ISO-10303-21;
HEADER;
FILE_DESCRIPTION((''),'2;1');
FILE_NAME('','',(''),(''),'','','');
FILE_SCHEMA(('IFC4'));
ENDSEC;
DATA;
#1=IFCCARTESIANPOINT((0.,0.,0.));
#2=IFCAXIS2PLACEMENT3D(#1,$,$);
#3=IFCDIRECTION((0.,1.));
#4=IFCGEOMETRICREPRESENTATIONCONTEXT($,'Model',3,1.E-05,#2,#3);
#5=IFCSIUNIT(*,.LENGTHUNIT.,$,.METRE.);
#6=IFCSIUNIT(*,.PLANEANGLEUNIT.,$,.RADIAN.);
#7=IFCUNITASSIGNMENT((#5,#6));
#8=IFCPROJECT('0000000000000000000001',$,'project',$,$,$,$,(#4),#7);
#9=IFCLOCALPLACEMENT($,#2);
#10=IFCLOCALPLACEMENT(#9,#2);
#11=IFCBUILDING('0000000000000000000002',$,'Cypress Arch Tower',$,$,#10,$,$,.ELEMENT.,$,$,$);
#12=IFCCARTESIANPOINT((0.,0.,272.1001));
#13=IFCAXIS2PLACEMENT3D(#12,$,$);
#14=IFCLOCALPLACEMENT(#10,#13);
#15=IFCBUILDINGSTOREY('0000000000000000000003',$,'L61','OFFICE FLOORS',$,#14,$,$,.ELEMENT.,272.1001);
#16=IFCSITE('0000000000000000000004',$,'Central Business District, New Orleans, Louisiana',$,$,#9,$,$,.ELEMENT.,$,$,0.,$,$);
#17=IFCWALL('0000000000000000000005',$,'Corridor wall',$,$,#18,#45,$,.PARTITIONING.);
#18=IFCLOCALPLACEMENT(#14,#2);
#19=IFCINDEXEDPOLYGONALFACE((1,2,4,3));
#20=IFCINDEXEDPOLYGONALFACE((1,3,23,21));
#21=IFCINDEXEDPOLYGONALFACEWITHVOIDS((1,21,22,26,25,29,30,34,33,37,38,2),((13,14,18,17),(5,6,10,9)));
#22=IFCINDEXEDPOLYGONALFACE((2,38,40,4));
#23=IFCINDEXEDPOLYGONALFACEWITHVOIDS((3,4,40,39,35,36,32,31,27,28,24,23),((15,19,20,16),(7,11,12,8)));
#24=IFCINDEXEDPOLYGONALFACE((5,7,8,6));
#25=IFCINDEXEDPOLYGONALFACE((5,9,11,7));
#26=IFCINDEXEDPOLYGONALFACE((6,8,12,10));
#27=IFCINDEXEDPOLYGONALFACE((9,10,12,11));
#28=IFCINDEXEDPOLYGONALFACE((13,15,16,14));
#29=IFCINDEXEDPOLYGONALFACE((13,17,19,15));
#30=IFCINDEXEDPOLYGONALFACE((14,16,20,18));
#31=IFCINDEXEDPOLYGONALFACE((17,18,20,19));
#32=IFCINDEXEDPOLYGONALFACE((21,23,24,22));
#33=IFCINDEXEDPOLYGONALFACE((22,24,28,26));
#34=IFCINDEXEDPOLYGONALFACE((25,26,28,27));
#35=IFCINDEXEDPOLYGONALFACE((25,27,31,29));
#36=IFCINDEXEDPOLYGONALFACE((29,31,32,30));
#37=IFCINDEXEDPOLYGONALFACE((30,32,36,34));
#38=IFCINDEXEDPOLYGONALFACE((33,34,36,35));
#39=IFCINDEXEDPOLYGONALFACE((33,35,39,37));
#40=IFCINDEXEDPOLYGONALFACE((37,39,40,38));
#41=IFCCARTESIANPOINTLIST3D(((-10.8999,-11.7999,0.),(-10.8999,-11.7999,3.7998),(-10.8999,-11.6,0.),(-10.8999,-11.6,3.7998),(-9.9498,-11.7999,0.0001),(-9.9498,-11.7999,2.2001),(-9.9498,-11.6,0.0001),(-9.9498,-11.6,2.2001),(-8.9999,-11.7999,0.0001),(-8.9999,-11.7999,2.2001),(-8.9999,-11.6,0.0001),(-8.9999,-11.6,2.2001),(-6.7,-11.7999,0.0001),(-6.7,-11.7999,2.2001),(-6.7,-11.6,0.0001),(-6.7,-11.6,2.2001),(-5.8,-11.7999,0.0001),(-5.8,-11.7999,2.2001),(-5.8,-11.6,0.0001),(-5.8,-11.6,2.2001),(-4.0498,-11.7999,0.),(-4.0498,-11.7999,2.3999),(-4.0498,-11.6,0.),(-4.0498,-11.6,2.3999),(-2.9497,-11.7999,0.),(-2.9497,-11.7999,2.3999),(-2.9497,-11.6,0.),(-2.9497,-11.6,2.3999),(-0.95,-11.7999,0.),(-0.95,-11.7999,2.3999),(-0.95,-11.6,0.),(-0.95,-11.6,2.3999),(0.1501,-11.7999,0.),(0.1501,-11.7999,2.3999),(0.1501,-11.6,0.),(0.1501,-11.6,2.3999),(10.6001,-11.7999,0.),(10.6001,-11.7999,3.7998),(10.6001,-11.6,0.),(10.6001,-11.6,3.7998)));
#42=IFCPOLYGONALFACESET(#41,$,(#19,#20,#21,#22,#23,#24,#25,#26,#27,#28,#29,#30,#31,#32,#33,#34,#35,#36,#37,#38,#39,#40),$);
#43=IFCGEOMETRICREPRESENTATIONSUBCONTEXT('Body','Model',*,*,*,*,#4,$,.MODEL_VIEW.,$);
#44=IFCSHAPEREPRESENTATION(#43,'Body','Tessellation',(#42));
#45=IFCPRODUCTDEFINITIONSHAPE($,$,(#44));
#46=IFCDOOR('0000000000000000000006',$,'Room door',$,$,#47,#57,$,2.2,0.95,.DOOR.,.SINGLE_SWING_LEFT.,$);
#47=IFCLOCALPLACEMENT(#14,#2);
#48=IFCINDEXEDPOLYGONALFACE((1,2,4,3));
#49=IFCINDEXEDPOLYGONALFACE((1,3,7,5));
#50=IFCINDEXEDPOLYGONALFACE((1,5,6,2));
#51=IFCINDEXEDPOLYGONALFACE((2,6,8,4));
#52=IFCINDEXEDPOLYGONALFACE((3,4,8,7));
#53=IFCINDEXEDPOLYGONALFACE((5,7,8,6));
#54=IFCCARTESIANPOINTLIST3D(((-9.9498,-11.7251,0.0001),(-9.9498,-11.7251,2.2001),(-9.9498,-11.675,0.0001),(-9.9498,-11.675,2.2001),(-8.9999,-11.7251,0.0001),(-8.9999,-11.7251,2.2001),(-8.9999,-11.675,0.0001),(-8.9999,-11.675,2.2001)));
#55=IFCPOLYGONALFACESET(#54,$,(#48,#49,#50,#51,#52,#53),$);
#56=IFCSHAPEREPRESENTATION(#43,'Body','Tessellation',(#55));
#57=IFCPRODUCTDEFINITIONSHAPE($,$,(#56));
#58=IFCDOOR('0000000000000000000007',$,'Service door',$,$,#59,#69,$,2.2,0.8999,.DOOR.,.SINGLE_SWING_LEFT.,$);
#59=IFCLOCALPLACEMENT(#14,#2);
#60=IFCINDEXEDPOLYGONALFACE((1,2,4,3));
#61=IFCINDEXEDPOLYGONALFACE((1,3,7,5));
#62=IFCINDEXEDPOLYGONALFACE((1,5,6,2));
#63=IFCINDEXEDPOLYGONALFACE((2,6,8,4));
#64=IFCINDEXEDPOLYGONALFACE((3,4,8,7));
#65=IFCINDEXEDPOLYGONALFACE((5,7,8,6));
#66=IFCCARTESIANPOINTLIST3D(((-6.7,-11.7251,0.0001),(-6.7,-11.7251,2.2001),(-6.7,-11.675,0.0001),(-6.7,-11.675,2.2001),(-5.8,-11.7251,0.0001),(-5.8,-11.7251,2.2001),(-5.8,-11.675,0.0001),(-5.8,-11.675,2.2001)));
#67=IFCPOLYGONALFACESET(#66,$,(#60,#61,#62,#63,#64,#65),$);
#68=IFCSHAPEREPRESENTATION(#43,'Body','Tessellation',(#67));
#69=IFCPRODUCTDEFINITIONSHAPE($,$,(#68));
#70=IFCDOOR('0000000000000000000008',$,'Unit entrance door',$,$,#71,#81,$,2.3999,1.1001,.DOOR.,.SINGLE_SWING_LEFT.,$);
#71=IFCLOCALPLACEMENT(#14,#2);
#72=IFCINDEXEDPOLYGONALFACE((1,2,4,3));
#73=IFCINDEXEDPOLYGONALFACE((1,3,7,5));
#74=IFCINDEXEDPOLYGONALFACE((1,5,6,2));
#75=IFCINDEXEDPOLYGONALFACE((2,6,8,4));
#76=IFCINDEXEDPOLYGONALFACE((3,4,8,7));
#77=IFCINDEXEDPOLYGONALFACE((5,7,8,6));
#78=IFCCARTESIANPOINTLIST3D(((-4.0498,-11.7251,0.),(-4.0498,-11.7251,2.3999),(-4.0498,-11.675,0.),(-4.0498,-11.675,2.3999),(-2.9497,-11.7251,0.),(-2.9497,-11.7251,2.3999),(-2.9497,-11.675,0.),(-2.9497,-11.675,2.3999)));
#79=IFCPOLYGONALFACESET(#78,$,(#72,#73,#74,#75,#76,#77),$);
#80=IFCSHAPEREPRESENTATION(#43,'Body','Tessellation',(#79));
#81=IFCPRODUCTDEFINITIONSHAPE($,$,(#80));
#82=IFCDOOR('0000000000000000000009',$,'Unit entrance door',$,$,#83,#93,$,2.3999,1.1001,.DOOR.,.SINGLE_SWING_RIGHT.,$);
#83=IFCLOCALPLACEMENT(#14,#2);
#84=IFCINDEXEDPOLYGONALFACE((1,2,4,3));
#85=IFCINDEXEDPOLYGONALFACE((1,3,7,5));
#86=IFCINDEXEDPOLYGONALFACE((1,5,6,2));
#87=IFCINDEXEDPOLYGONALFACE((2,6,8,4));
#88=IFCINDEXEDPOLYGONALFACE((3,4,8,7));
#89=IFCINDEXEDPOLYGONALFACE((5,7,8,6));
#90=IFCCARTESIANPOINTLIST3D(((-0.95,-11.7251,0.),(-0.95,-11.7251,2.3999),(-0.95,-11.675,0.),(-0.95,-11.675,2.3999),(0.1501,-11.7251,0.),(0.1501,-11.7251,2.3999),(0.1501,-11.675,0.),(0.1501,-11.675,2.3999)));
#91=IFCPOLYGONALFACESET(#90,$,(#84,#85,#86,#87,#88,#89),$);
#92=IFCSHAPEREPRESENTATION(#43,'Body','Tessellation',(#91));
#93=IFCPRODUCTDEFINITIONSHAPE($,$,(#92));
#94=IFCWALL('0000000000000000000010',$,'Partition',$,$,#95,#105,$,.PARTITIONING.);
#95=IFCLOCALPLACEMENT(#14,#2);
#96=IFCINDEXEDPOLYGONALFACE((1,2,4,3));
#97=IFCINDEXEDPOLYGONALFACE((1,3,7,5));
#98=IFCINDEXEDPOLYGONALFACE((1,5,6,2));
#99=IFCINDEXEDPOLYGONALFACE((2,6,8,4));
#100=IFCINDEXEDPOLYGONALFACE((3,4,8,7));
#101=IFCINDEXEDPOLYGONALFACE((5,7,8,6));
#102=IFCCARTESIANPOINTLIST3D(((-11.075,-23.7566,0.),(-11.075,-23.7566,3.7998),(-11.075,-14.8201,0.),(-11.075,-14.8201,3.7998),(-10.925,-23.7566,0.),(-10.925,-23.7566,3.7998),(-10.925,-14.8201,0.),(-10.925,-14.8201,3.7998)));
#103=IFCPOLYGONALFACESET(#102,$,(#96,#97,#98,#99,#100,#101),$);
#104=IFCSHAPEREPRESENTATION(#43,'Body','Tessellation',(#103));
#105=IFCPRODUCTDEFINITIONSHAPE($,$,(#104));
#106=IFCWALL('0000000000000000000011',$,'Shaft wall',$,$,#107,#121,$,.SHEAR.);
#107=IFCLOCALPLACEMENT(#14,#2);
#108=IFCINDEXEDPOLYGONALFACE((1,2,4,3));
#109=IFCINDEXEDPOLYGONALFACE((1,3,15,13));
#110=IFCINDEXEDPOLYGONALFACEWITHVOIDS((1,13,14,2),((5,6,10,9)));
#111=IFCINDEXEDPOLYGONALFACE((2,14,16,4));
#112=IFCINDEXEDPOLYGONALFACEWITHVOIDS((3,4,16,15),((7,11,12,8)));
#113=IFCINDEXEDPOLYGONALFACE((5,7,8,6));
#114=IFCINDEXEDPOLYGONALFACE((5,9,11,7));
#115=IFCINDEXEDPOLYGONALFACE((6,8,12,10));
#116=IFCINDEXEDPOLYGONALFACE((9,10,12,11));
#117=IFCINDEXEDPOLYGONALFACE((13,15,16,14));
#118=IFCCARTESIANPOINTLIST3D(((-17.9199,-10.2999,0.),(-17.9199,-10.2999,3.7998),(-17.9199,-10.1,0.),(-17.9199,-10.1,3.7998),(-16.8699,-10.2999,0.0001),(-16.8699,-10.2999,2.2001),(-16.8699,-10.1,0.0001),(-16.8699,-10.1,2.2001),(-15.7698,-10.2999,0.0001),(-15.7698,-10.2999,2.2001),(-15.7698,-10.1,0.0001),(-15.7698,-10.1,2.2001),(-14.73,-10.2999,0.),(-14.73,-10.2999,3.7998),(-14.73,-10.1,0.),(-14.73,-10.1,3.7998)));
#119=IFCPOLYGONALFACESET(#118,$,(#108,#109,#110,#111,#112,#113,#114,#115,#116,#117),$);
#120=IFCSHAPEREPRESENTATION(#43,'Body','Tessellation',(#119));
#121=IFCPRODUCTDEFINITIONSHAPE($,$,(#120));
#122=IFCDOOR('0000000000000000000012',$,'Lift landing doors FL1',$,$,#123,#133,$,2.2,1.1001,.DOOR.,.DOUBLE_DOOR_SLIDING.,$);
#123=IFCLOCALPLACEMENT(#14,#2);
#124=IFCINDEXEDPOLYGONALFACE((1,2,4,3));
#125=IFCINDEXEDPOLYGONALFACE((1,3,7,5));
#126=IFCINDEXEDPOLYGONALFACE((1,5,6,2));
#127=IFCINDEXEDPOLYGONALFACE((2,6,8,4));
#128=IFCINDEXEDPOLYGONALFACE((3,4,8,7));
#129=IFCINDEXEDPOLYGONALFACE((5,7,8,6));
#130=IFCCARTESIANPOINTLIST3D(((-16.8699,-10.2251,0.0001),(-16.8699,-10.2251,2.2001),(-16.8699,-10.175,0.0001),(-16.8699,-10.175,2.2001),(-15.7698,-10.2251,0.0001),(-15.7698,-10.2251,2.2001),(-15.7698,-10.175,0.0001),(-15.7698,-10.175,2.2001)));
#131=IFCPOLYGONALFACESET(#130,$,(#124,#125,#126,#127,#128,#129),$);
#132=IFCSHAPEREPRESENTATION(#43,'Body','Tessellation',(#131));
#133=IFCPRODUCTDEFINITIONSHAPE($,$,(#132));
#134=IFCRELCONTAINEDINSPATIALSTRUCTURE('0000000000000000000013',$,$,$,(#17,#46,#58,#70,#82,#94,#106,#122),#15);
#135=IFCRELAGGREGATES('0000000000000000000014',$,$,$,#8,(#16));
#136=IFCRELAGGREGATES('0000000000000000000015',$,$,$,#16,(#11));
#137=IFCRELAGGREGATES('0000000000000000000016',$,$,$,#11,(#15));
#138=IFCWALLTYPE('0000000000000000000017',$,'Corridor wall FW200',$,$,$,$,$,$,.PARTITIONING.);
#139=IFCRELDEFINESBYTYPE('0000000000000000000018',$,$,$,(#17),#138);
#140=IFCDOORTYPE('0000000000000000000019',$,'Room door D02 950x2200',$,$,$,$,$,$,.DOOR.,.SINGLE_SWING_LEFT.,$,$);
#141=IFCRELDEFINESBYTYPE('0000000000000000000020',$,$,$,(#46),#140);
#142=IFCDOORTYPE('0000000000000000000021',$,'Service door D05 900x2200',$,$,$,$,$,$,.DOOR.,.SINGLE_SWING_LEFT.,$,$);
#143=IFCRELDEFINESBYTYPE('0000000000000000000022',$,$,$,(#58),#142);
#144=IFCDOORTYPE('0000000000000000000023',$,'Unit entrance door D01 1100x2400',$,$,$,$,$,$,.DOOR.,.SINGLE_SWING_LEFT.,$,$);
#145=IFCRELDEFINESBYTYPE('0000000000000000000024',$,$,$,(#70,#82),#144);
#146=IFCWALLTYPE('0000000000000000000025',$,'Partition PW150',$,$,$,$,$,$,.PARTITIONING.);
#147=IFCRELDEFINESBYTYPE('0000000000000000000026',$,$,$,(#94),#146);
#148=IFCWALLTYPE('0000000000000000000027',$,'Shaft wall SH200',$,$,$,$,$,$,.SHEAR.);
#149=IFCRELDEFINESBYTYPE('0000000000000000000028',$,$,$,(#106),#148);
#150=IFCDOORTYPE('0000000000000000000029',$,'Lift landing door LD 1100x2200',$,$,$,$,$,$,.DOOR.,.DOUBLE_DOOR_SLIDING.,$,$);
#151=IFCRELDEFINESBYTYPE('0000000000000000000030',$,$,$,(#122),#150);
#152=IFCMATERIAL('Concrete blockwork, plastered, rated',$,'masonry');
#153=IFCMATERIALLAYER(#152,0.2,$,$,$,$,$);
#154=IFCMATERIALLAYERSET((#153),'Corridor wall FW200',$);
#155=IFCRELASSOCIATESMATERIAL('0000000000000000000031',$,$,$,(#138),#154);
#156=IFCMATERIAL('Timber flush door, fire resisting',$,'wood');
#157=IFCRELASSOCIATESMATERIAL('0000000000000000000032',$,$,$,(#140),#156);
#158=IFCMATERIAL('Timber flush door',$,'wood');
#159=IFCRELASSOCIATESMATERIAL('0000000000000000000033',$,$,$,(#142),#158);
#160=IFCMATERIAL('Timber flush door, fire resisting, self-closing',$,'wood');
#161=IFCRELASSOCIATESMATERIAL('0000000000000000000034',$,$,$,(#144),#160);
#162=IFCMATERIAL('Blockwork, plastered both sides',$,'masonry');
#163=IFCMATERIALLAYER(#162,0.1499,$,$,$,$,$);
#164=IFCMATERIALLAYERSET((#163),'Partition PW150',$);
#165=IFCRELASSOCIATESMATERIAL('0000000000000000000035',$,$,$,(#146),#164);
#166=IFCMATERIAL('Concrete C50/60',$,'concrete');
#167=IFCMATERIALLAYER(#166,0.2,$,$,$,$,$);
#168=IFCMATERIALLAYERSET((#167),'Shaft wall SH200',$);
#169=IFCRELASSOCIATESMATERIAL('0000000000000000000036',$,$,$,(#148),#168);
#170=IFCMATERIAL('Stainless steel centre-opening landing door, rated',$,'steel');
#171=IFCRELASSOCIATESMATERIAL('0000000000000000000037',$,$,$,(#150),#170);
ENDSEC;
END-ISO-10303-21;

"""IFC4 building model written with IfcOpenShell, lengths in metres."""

from ifc_helpers import new_model, si_unit, direction, frame, frame_2d, origin, place, context, subcontext, project, spatial, rectangle, extrude, material, layer, layer_set, type_object, element, fill, save


model = new_model("IFC4")

# Units and contexts
model_context = context("Model", 3, precision=1e-05, world=origin(), true_north=direction((0.0, 1.0)))
body_context = subcontext(model_context, "Body", "Model", "MODEL_VIEW")
ifc_project = project(units=[si_unit("LENGTHUNIT", "METRE"), si_unit("PLANEANGLEUNIT", "RADIAN")], contexts=[model_context])

# Site, building, storey
site_placement = place(None, origin())
site = spatial("IfcSite", under=ifc_project, at=site_placement, Name="Central Business District, New Orleans, Louisiana", CompositionType="ELEMENT", RefElevation=0.0)
building_placement = place(site_placement, origin())
building = spatial("IfcBuilding", under=site, at=building_placement, Name="Cypress Arch Tower", CompositionType="ELEMENT")
storey_placement = place(building_placement, frame((0.0, 0.0, 272.1001)))
storey = spatial("IfcBuildingStorey", under=building, at=storey_placement, Name="L61", Description="OFFICE FLOORS", CompositionType="ELEMENT", Elevation=272.1001)

# Shared definitions
ifc_material_1 = material(Name="Concrete blockwork, plastered, rated", Category="masonry")
ifc_layer_1 = layer(ifc_material_1, 0.2)
ifc_layer_set_1 = layer_set([ifc_layer_1], Name="Corridor wall FW200")
wall_type_1 = type_object("IfcWallType", Name="Corridor wall FW200", PredefinedType="PARTITIONING", material=ifc_layer_set_1)

# Wall, openings, doors
wall_1_placement = place(storey_placement, frame((-10.8999, -11.7, 0.0), z_axis=(0.0, 0.0, 1.0), x_axis=(1.0, 0.0, 0.0)))
wall_1 = element("IfcWall", 1, at=wall_1_placement, inside=storey, type_object=wall_type_1, Name="Corridor wall", PredefinedType="PARTITIONING", context=body_context, shape_type="SweptSolid", body=[
    extrude(rectangle(XDim=21.5, YDim=0.2, at=frame_2d((10.75, 0.0))), origin(), (0.0, 0.0, 1.0), 3.7998),
])
opening_1_placement = place(wall_1_placement, frame((0.95, 0.0, 0.0)))
opening_1 = element("IfcOpeningElement", 2, at=opening_1_placement, cuts=wall_1, PredefinedType="OPENING", context=body_context, shape_type="SweptSolid", body=[
    extrude(rectangle(XDim=0.95, YDim=2.2, at=frame_2d((0.4751, 1.1001))), frame((0.0, 0.1099, 0.0), z_axis=(0.0, -1.0, 0.0), x_axis=(1.0, 0.0, 0.0)), (0.0, 0.0, 1.0), 0.22),
])
opening_2_placement = place(wall_1_placement, frame((4.2, 0.0, 0.0)))
opening_2 = element("IfcOpeningElement", 3, at=opening_2_placement, cuts=wall_1, PredefinedType="OPENING", context=body_context, shape_type="SweptSolid", body=[
    extrude(rectangle(XDim=0.8999, YDim=2.2, at=frame_2d((0.45, 1.1001))), frame((0.0, 0.1099, 0.0), z_axis=(0.0, -1.0, 0.0), x_axis=(1.0, 0.0, 0.0)), (0.0, 0.0, 1.0), 0.22),
])
opening_3_placement = place(wall_1_placement, frame((6.8501, 0.0, 0.0)))
opening_3 = element("IfcOpeningElement", 4, at=opening_3_placement, cuts=wall_1, PredefinedType="OPENING", context=body_context, shape_type="SweptSolid", body=[
    extrude(rectangle(XDim=1.1001, YDim=2.3999, at=frame_2d((0.55, 1.2))), frame((0.0, 0.1099, 0.0), z_axis=(0.0, -1.0, 0.0), x_axis=(1.0, 0.0, 0.0)), (0.0, 0.0, 1.0), 0.22),
])
opening_4_placement = place(wall_1_placement, frame((9.95, 0.0, 0.0)))
opening_4 = element("IfcOpeningElement", 5, at=opening_4_placement, cuts=wall_1, PredefinedType="OPENING", context=body_context, shape_type="SweptSolid", body=[
    extrude(rectangle(XDim=1.1001, YDim=2.3999, at=frame_2d((0.55, 1.2))), frame((0.0, 0.1099, 0.0), z_axis=(0.0, -1.0, 0.0), x_axis=(1.0, 0.0, 0.0)), (0.0, 0.0, 1.0), 0.22),
])
ifc_material_2 = material(Name="Timber flush door, fire resisting", Category="wood")
door_type_1 = type_object("IfcDoorType", Name="Room door D02 950x2200", OperationType="SINGLE_SWING_LEFT", PredefinedType="DOOR", material=ifc_material_2)
door_1_placement = place(opening_1_placement, origin())
door_1 = element("IfcDoor", 6, at=door_1_placement, inside=storey, type_object=door_type_1, Name="Room door", OperationType="SINGLE_SWING_LEFT", OverallHeight=2.2, OverallWidth=0.95, PredefinedType="DOOR", context=body_context, shape_type="SweptSolid", body=[
    extrude(rectangle(XDim=0.95, YDim=2.2, at=frame_2d((0.4751, 1.1001))), frame((0.0, 0.0249, 0.0), z_axis=(0.0, -1.0, 0.0), x_axis=(1.0, 0.0, 0.0)), (0.0, 0.0, 1.0), 0.05),
])
fill(opening_1, door_1)
ifc_material_3 = material(Name="Timber flush door", Category="wood")
door_type_2 = type_object("IfcDoorType", Name="Service door D05 900x2200", OperationType="SINGLE_SWING_LEFT", PredefinedType="DOOR", material=ifc_material_3)
door_2_placement = place(opening_2_placement, origin())
door_2 = element("IfcDoor", 7, at=door_2_placement, inside=storey, type_object=door_type_2, Name="Service door", OperationType="SINGLE_SWING_LEFT", OverallHeight=2.2, OverallWidth=0.8999, PredefinedType="DOOR", context=body_context, shape_type="SweptSolid", body=[
    extrude(rectangle(XDim=0.8999, YDim=2.2, at=frame_2d((0.45, 1.1001))), frame((0.0, 0.0249, 0.0), z_axis=(0.0, -1.0, 0.0), x_axis=(1.0, 0.0, 0.0)), (0.0, 0.0, 1.0), 0.05),
])
fill(opening_2, door_2)
ifc_material_4 = material(Name="Timber flush door, fire resisting, self-closing", Category="wood")
door_type_3 = type_object("IfcDoorType", Name="Unit entrance door D01 1100x2400", OperationType="SINGLE_SWING_LEFT", PredefinedType="DOOR", material=ifc_material_4)
door_3_placement = place(opening_3_placement, origin())
door_3 = element("IfcDoor", 8, at=door_3_placement, inside=storey, type_object=door_type_3, Name="Unit entrance door", OperationType="SINGLE_SWING_LEFT", OverallHeight=2.3999, OverallWidth=1.1001, PredefinedType="DOOR", context=body_context, shape_type="SweptSolid", body=[
    extrude(rectangle(XDim=1.1001, YDim=2.3999, at=frame_2d((0.55, 1.2))), frame((0.0, 0.0249, 0.0), z_axis=(0.0, -1.0, 0.0), x_axis=(1.0, 0.0, 0.0)), (0.0, 0.0, 1.0), 0.05),
])
fill(opening_3, door_3)
door_4_placement = place(opening_4_placement, origin())
door_4 = element("IfcDoor", 9, at=door_4_placement, inside=storey, type_object=door_type_3, Name="Unit entrance door", OperationType="SINGLE_SWING_RIGHT", OverallHeight=2.3999, OverallWidth=1.1001, PredefinedType="DOOR", context=body_context, shape_type="SweptSolid", body=[
    extrude(rectangle(XDim=1.1001, YDim=2.3999, at=frame_2d((0.55, 1.2))), frame((0.0, 0.0249, 0.0), z_axis=(0.0, -1.0, 0.0), x_axis=(1.0, 0.0, 0.0)), (0.0, 0.0, 1.0), 0.05),
])
fill(opening_4, door_4)

# Wall
ifc_material_5 = material(Name="Blockwork, plastered both sides", Category="masonry")
ifc_layer_2 = layer(ifc_material_5, 0.1499)
ifc_layer_set_2 = layer_set([ifc_layer_2], Name="Partition PW150")
wall_type_2 = type_object("IfcWallType", Name="Partition PW150", PredefinedType="PARTITIONING", material=ifc_layer_set_2)
wall_2_placement = place(storey_placement, frame((-11.0, -23.7566, 0.0), z_axis=(0.0, 0.0, 1.0), x_axis=(0.0, 1.0, 0.0)))
element("IfcWall", 10, at=wall_2_placement, inside=storey, type_object=wall_type_2, Name="Partition", PredefinedType="PARTITIONING", context=body_context, shape_type="SweptSolid", body=[
    extrude(rectangle(XDim=8.9365, YDim=0.1499, at=frame_2d((4.4683, 0.0))), origin(), (0.0, 0.0, 1.0), 3.7998),
])

# Wall, opening, door
ifc_material_6 = material(Name="Concrete C50/60", Category="concrete")
ifc_layer_3 = layer(ifc_material_6, 0.2)
ifc_layer_set_3 = layer_set([ifc_layer_3], Name="Shaft wall SH200")
wall_type_3 = type_object("IfcWallType", Name="Shaft wall SH200", PredefinedType="SHEAR", material=ifc_layer_set_3)
wall_3_placement = place(storey_placement, frame((-17.9199, -10.2, 0.0), z_axis=(0.0, 0.0, 1.0), x_axis=(1.0, 0.0, 0.0)))
wall_3 = element("IfcWall", 11, at=wall_3_placement, inside=storey, type_object=wall_type_3, Name="Shaft wall", PredefinedType="SHEAR", context=body_context, shape_type="SweptSolid", body=[
    extrude(rectangle(XDim=3.1899, YDim=0.2, at=frame_2d((1.595, 0.0))), origin(), (0.0, 0.0, 1.0), 3.7998),
])
opening_5_placement = place(wall_3_placement, frame((1.05, 0.0, 0.0)))
opening_5 = element("IfcOpeningElement", 12, at=opening_5_placement, cuts=wall_3, PredefinedType="OPENING", context=body_context, shape_type="SweptSolid", body=[
    extrude(rectangle(XDim=1.1001, YDim=2.2, at=frame_2d((0.55, 1.1001))), frame((0.0, 0.1099, 0.0), z_axis=(0.0, -1.0, 0.0), x_axis=(1.0, 0.0, 0.0)), (0.0, 0.0, 1.0), 0.22),
])
ifc_material_7 = material(Name="Stainless steel centre-opening landing door, rated", Category="steel")
door_type_4 = type_object("IfcDoorType", Name="Lift landing door LD 1100x2200", OperationType="DOUBLE_DOOR_SLIDING", PredefinedType="DOOR", material=ifc_material_7)
door_5_placement = place(opening_5_placement, origin())
door_5 = element("IfcDoor", 13, at=door_5_placement, inside=storey, type_object=door_type_4, Name="Lift landing doors FL1", OperationType="DOUBLE_DOOR_SLIDING", OverallHeight=2.2, OverallWidth=1.1001, PredefinedType="DOOR", context=body_context, shape_type="SweptSolid", body=[
    extrude(rectangle(XDim=1.1001, YDim=2.2, at=frame_2d((0.55, 1.1001))), frame((0.0, 0.0249, 0.0), z_axis=(0.0, -1.0, 0.0), x_axis=(1.0, 0.0, 0.0)), (0.0, 0.0, 1.0), 0.05),
])
fill(opening_5, door_5)

save(model, "model.ifc")
